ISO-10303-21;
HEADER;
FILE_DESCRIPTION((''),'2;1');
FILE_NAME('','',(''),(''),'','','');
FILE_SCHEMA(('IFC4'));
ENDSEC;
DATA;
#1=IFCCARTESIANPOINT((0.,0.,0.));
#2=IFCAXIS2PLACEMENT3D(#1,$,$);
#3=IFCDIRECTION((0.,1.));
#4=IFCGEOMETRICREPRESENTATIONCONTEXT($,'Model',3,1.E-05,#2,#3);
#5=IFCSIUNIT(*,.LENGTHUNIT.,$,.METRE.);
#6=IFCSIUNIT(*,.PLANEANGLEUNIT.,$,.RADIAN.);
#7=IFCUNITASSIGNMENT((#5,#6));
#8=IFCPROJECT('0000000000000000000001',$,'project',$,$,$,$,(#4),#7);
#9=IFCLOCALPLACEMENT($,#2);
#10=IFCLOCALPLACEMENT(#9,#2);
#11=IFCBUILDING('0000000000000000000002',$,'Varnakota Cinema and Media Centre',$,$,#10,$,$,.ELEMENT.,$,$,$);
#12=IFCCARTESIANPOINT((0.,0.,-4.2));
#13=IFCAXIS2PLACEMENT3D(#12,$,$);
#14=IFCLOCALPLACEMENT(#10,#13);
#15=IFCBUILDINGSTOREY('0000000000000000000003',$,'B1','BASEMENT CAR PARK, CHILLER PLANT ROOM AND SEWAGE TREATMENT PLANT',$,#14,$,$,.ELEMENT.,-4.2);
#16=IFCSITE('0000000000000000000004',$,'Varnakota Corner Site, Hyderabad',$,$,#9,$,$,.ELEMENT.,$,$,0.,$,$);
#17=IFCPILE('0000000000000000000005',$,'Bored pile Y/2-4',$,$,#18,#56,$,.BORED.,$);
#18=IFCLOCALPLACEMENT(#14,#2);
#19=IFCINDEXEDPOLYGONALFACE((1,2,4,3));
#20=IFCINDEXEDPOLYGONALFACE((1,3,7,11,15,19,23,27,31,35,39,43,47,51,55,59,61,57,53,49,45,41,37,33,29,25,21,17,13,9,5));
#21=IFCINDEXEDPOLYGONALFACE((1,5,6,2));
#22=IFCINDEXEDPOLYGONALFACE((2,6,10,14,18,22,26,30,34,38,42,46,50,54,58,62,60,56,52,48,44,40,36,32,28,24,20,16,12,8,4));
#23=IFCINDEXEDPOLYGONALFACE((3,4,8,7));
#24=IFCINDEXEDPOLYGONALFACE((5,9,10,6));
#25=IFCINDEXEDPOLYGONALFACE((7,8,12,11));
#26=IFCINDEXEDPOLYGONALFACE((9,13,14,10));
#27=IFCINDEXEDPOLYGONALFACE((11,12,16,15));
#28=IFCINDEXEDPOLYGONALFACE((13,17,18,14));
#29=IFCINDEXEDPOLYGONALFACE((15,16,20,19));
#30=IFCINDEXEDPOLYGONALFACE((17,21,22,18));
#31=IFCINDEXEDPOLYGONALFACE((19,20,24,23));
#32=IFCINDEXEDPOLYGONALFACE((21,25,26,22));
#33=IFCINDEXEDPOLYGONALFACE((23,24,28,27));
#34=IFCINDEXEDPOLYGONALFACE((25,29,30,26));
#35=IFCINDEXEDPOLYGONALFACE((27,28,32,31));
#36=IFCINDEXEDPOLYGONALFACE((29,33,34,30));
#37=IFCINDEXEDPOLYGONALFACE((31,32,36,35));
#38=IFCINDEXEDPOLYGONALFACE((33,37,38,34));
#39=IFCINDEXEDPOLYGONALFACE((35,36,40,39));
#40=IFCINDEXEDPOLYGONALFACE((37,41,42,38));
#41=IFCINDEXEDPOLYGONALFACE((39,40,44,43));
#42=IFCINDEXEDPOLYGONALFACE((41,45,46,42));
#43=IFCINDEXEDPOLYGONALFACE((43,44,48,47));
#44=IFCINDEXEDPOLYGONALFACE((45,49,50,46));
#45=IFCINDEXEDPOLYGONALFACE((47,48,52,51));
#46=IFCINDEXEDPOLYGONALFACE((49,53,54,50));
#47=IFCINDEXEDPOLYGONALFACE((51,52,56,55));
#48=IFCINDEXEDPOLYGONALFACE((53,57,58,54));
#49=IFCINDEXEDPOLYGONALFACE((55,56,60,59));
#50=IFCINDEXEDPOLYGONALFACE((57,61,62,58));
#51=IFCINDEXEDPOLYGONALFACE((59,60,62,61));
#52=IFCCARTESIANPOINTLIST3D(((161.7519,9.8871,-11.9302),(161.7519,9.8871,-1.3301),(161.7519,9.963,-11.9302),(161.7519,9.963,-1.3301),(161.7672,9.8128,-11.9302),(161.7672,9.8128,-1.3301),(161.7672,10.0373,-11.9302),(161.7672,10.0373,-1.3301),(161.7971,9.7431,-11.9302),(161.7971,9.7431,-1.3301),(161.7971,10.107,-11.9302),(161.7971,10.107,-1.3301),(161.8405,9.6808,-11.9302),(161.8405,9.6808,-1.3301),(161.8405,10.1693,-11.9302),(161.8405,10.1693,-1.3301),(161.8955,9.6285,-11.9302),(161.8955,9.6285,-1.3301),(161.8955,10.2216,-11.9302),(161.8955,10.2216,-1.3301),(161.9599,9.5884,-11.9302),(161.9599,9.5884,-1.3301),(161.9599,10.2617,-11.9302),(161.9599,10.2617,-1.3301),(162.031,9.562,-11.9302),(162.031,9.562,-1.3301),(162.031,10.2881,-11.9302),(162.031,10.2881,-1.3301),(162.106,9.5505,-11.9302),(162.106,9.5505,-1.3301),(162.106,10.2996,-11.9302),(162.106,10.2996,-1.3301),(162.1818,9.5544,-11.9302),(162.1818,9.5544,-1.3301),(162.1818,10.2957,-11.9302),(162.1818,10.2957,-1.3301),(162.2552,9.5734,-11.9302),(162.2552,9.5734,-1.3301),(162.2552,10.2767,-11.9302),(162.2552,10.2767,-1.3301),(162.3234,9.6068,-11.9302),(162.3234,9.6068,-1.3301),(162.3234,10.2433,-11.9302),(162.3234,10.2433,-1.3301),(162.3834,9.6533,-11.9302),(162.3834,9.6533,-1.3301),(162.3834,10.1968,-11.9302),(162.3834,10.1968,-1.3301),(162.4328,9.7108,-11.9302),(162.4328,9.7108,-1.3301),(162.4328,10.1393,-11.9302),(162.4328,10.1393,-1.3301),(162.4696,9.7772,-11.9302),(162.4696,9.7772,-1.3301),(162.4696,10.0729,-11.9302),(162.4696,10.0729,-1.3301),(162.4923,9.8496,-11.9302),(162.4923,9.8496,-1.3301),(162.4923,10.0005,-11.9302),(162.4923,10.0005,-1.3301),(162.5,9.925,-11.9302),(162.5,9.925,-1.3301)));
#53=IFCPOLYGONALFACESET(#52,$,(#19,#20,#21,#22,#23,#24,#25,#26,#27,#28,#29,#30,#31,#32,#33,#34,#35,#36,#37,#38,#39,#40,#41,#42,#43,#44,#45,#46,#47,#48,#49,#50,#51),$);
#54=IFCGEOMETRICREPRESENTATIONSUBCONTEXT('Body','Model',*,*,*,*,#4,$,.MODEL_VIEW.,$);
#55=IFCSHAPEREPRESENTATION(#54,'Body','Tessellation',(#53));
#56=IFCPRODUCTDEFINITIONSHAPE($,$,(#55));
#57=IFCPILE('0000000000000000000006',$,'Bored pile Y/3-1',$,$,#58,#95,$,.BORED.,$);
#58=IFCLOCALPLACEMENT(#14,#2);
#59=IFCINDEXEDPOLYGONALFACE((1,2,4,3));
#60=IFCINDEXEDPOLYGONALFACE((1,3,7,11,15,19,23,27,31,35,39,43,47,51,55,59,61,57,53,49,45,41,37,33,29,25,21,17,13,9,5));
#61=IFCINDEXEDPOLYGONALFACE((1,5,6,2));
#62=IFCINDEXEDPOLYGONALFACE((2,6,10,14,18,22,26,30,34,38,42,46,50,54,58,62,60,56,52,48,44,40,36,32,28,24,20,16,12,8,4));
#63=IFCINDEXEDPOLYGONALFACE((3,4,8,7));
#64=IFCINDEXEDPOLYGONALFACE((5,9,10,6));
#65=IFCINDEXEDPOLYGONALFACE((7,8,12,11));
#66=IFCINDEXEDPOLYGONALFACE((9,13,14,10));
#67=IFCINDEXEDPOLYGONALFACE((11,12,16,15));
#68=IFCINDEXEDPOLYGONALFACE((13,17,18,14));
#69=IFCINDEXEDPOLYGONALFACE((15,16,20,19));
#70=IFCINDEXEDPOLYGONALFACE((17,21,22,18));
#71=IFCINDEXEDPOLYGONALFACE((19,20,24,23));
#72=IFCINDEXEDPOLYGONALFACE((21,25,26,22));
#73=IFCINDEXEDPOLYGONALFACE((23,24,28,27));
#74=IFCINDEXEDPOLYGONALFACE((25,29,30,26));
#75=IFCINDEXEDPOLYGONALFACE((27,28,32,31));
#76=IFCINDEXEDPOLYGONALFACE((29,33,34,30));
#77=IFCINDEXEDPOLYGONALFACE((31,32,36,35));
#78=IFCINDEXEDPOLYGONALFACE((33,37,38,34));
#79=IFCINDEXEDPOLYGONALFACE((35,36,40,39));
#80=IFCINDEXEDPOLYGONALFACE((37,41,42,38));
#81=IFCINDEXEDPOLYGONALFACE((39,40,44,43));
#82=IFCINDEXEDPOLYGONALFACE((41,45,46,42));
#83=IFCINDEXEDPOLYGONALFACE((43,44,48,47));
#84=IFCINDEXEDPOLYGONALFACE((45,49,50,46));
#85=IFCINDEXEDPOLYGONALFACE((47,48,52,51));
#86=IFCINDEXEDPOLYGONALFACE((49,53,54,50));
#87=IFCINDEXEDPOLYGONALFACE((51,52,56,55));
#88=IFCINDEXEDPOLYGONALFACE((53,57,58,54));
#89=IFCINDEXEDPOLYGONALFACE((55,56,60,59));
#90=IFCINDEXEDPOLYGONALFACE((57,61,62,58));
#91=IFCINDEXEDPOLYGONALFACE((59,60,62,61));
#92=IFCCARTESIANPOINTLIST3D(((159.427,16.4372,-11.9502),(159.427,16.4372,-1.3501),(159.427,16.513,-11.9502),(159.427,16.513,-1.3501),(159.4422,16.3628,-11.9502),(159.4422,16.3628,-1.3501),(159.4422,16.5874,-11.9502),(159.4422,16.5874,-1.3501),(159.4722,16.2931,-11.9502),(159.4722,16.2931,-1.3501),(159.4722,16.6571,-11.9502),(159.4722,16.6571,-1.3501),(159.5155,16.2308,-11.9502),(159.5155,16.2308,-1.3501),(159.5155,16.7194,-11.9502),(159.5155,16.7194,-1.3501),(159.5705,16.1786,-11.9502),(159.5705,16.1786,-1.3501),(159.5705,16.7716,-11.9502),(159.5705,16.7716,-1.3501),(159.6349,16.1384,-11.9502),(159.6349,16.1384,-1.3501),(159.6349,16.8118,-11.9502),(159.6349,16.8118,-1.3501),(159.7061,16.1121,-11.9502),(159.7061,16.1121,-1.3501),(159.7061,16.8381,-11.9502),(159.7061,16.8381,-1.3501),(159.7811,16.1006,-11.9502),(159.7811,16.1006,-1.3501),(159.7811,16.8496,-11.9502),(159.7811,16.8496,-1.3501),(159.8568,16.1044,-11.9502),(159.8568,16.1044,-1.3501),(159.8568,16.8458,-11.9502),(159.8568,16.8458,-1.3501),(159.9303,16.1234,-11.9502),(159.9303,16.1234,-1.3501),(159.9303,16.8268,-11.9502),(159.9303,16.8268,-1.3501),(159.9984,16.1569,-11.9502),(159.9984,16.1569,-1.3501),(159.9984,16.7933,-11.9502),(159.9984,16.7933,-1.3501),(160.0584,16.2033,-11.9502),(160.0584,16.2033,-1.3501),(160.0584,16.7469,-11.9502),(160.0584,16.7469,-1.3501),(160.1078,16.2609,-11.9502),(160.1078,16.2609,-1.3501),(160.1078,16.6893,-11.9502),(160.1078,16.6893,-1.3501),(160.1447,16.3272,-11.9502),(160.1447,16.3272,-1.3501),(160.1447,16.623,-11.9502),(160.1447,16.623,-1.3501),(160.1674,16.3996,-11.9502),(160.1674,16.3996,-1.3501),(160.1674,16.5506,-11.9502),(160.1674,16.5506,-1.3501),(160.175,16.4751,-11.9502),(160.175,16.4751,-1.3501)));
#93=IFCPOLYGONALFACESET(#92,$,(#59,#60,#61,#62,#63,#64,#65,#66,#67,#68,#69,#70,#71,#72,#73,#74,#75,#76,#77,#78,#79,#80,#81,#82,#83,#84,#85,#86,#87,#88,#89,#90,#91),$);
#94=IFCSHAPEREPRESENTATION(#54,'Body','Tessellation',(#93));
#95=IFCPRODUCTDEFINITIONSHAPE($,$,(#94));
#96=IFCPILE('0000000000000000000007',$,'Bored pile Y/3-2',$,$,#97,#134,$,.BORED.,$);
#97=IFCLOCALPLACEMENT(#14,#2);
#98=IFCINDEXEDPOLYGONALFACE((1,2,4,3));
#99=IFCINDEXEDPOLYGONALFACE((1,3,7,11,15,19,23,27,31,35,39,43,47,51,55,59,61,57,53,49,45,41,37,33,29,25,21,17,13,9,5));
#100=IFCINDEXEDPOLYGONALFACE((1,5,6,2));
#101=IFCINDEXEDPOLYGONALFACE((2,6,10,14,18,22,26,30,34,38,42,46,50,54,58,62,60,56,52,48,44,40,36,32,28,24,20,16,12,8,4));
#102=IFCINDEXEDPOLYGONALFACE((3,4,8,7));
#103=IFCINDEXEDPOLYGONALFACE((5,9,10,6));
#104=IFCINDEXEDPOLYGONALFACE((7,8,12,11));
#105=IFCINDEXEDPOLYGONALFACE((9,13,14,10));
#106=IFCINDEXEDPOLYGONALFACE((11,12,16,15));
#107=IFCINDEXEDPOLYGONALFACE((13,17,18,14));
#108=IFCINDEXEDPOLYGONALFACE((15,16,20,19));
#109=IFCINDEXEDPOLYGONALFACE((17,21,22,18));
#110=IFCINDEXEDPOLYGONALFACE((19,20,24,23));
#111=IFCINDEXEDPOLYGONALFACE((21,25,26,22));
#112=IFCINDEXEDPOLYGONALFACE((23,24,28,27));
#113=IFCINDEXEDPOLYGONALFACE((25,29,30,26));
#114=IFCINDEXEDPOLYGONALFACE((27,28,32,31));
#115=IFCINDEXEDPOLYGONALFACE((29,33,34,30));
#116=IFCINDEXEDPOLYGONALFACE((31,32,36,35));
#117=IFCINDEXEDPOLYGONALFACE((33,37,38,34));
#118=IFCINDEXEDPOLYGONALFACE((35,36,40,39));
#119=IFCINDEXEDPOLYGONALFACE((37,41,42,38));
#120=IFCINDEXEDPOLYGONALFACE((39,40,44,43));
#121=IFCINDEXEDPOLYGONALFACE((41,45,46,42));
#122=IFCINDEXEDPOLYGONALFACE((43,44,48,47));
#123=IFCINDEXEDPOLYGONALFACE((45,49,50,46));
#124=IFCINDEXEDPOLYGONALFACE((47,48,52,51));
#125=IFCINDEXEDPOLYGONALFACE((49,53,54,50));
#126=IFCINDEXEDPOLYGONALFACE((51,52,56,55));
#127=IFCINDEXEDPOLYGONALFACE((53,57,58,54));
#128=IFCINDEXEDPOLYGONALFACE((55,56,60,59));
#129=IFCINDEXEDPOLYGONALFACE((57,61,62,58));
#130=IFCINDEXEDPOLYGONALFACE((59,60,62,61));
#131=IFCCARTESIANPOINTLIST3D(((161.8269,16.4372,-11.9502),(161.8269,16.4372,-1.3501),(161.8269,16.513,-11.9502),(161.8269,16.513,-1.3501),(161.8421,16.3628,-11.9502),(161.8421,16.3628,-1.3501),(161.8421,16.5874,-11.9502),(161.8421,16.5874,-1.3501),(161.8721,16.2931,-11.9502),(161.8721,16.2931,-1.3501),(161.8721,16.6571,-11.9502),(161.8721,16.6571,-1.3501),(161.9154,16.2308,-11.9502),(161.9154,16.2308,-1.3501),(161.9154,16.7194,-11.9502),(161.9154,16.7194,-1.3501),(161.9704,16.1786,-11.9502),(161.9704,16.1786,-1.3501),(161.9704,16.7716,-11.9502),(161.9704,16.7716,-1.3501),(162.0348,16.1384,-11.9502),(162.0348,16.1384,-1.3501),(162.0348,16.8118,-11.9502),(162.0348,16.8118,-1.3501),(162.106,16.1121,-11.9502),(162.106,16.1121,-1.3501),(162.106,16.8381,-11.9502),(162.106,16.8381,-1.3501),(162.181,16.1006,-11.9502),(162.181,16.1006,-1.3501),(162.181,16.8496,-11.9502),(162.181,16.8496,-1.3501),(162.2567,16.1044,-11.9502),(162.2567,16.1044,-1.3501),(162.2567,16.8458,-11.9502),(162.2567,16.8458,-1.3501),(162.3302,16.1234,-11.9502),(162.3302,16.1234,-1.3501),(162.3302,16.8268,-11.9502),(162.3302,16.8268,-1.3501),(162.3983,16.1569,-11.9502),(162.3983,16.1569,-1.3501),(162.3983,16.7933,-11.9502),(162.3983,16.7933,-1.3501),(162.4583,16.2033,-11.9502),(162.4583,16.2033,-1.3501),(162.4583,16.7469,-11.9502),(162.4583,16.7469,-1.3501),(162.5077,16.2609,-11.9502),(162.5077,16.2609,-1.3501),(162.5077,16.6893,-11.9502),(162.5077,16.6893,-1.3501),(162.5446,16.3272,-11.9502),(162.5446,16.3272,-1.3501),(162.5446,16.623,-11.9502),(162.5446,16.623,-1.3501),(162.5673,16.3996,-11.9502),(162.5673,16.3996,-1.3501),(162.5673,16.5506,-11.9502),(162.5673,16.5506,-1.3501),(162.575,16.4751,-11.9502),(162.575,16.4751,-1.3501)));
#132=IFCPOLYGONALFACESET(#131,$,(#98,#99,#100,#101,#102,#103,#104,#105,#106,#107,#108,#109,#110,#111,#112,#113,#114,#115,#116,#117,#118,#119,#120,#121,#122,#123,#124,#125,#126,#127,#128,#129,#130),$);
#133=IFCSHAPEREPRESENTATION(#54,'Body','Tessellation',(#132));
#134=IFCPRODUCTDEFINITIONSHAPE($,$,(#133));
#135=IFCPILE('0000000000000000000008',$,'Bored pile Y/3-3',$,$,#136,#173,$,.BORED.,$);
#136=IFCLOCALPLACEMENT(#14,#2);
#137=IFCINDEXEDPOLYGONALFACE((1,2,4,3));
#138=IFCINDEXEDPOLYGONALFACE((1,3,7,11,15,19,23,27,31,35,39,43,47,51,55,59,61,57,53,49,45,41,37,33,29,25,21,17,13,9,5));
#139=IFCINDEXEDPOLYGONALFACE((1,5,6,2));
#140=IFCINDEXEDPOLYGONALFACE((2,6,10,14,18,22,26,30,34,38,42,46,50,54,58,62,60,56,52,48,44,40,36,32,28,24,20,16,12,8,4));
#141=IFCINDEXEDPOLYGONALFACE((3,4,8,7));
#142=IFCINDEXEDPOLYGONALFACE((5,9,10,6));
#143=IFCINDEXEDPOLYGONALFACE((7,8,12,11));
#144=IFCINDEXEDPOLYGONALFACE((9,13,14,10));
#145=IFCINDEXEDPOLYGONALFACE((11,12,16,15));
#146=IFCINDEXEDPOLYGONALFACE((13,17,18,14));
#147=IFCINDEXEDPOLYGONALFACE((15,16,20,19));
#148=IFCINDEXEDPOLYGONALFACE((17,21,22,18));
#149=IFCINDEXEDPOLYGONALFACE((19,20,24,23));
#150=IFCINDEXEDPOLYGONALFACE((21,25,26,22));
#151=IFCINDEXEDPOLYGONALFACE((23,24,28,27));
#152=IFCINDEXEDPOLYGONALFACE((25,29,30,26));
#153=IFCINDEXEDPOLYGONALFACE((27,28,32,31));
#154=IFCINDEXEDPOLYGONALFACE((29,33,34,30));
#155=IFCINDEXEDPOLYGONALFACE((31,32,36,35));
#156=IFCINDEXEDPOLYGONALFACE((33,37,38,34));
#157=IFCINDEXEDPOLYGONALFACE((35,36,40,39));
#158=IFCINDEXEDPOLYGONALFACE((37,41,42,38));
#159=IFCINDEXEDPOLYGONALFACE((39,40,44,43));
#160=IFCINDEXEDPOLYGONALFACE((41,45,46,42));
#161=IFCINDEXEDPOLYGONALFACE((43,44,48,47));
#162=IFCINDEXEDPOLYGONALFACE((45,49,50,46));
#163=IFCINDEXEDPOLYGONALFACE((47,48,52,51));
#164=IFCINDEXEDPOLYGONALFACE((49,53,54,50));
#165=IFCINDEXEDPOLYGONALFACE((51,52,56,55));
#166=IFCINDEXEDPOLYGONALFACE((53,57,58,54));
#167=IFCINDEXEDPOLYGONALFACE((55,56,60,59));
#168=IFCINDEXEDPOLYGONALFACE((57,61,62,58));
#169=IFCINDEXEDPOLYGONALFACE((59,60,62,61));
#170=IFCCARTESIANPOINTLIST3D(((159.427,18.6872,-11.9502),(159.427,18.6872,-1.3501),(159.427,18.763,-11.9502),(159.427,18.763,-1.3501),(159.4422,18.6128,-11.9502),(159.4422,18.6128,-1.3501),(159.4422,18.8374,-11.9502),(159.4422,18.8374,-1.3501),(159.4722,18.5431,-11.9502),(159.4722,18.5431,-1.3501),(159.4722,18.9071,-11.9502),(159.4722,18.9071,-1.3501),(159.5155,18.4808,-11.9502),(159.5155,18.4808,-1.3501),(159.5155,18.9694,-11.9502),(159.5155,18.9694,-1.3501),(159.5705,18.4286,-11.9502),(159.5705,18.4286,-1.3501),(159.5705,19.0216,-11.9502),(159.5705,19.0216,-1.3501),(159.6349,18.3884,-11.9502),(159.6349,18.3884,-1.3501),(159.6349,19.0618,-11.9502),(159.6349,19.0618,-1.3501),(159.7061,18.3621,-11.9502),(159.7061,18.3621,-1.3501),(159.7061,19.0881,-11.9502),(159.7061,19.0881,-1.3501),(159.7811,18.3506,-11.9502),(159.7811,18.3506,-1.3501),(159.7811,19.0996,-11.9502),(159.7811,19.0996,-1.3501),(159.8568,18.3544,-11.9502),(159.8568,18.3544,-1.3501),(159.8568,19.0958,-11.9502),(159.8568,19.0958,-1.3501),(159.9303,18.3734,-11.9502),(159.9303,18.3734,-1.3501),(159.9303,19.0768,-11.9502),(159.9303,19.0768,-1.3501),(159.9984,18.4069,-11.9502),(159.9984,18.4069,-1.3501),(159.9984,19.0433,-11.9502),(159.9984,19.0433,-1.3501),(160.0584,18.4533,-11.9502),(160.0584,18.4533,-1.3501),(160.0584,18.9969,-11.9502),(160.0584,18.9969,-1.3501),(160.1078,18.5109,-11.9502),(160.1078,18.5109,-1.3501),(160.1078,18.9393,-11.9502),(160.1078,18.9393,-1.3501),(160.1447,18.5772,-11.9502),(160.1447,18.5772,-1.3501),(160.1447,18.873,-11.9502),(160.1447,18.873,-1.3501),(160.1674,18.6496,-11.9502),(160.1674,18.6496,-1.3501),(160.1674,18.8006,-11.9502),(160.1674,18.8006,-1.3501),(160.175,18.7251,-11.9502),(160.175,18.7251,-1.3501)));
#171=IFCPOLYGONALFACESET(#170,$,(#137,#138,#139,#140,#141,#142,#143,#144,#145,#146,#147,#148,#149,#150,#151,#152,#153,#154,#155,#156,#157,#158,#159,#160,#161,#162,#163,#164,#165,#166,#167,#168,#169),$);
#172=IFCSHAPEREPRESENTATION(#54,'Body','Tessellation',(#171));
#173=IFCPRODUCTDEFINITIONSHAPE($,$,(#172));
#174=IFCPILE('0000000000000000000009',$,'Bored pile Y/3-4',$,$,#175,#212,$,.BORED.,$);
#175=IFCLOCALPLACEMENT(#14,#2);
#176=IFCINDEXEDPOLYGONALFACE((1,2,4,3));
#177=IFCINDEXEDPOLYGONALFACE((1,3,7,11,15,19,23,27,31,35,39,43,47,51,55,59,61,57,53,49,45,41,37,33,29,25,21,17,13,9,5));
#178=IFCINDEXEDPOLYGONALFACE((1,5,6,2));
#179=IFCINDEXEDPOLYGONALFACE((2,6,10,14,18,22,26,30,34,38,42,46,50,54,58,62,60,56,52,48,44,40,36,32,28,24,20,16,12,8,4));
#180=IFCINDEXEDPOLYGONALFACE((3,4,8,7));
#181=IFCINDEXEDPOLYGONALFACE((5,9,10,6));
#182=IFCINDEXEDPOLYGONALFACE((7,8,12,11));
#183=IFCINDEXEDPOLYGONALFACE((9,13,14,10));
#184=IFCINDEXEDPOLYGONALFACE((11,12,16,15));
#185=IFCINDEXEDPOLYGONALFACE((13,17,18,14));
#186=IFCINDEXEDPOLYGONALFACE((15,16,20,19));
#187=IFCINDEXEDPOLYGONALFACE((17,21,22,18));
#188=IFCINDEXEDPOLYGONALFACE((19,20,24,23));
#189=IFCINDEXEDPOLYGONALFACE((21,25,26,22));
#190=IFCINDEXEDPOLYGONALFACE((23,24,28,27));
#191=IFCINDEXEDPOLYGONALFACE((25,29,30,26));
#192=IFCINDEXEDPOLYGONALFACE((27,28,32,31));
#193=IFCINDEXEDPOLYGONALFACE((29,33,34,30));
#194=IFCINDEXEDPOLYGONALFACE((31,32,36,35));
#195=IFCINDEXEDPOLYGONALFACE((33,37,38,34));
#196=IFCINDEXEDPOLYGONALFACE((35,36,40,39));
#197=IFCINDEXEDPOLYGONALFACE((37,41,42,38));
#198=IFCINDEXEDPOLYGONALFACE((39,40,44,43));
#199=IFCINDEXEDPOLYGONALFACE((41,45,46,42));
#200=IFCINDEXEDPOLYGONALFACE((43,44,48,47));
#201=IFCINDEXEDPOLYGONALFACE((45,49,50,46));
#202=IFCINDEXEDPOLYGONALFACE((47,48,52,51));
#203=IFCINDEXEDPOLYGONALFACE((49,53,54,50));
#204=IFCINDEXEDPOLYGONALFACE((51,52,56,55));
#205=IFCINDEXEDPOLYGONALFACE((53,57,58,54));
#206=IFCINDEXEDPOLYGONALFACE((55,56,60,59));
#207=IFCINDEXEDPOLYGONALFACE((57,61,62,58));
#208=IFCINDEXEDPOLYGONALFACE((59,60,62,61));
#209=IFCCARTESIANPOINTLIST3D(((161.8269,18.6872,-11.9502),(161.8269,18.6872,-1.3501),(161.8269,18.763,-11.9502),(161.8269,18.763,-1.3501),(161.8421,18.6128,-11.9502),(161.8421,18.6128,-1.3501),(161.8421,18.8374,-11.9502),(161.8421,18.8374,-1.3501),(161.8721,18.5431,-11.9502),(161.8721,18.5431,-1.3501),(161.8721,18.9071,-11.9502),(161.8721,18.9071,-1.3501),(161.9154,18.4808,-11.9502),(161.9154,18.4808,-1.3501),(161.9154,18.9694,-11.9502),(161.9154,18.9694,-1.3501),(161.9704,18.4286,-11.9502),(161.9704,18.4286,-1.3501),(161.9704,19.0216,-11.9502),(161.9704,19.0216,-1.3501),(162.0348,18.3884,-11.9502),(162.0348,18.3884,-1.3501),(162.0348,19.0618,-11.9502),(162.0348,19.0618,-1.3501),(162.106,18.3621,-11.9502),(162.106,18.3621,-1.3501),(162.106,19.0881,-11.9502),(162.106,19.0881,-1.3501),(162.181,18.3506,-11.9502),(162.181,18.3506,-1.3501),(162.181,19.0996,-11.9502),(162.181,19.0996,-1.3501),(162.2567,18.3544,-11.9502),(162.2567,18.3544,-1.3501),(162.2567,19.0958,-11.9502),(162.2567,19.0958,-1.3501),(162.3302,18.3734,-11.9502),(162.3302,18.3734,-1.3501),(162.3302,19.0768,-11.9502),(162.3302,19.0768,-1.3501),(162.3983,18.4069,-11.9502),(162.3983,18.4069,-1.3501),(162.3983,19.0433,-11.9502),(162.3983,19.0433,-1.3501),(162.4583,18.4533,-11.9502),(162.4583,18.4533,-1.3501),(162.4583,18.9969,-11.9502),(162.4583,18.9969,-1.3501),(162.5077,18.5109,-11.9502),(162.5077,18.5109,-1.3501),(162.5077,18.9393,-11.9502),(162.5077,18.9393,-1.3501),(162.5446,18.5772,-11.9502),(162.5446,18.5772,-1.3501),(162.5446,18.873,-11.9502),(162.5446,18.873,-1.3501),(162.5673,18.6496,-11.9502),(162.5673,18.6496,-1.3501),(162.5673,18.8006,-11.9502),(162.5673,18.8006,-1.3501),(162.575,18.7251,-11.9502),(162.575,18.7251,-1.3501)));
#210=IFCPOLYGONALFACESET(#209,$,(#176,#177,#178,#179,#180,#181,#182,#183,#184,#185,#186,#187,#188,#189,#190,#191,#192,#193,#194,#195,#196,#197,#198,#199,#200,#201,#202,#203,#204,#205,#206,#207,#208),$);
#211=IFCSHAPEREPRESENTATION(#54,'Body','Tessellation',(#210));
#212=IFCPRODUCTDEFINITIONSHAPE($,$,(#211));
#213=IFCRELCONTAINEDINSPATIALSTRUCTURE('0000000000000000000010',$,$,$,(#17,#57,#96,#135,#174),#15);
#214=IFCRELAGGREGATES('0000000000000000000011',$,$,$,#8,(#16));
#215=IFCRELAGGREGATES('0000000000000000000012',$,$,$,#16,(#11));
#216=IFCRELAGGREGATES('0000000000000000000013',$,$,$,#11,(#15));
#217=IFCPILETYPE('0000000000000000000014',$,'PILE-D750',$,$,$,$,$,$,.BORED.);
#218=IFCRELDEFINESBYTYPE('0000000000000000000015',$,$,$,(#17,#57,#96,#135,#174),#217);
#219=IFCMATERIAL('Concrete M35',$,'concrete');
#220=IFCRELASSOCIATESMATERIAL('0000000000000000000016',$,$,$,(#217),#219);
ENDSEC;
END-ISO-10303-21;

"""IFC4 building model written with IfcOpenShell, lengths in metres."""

from ifc_helpers import new_model, si_unit, direction, frame, origin, origin_2d, place, context, subcontext, project, spatial, circle, extrude, material, material_profile, profile_set, type_object, element, save


model = new_model("IFC4")

# Units and contexts
model_context = context("Model", 3, precision=1e-05, world=origin(), true_north=direction((0.0, 1.0)))
body_context = subcontext(model_context, "Body", "Model", "MODEL_VIEW")
ifc_project = project(units=[si_unit("LENGTHUNIT", "METRE"), si_unit("PLANEANGLEUNIT", "RADIAN")], contexts=[model_context])

# Site, building, storey
site_placement = place(None, origin())
site = spatial("IfcSite", under=ifc_project, at=site_placement, Name="Varnakota Corner Site, Hyderabad", CompositionType="ELEMENT", RefElevation=0.0)
building_placement = place(site_placement, origin())
building = spatial("IfcBuilding", under=site, at=building_placement, Name="Varnakota Cinema and Media Centre", CompositionType="ELEMENT")
storey_placement = place(building_placement, frame((0.0, 0.0, -4.2)))
storey = spatial("IfcBuildingStorey", under=building, at=storey_placement, Name="B1", Description="BASEMENT CAR PARK, CHILLER PLANT ROOM AND SEWAGE TREATMENT PLANT", CompositionType="ELEMENT", Elevation=-4.2)

# Piles
ifc_material_1 = material(Name="Concrete M35", Category="concrete")
ifc_material_profile_1 = material_profile(ifc_material_1, circle(Radius=0.375, at=origin_2d()), Name="PILE D750")
ifc_profile_set_1 = profile_set([ifc_material_profile_1], Name="Concrete M35")
pile_type_1 = type_object("IfcPileType", Name="PILE-D750", PredefinedType="BORED", material=ifc_profile_set_1)
for number, where, z_axis, x_axis, name in (
    (1, (162.125, 9.925, -1.3301), (0.0, 0.0, -1.0), (1.0, 0.0, 0.0), "Bored pile Y/2-4"),
    (2, (159.8, 16.4751, -1.3501), (0.0, 0.0, -1.0), (1.0, 0.0, 0.0), "Bored pile Y/3-1"),
    (3, (162.2, 16.4751, -1.3501), (0.0, 0.0, -1.0), (1.0, 0.0, 0.0), "Bored pile Y/3-2"),
    (4, (159.8, 18.7251, -1.3501), (0.0, 0.0, -1.0), (1.0, 0.0, 0.0), "Bored pile Y/3-3"),
    (5, (162.2, 18.7251, -1.3501), (0.0, 0.0, -1.0), (1.0, 0.0, 0.0), "Bored pile Y/3-4"),
):
    element("IfcPile", number, at=place(storey_placement, frame(where, z_axis=z_axis, x_axis=x_axis)), inside=storey, type_object=pile_type_1, Name=name, PredefinedType="BORED", context=body_context, shape_type="SweptSolid", body=[
        extrude(circle(Radius=0.375, at=origin_2d()), origin(), (0.0, 0.0, 1.0), 10.6001),
    ])

save(model, "model.ifc")
